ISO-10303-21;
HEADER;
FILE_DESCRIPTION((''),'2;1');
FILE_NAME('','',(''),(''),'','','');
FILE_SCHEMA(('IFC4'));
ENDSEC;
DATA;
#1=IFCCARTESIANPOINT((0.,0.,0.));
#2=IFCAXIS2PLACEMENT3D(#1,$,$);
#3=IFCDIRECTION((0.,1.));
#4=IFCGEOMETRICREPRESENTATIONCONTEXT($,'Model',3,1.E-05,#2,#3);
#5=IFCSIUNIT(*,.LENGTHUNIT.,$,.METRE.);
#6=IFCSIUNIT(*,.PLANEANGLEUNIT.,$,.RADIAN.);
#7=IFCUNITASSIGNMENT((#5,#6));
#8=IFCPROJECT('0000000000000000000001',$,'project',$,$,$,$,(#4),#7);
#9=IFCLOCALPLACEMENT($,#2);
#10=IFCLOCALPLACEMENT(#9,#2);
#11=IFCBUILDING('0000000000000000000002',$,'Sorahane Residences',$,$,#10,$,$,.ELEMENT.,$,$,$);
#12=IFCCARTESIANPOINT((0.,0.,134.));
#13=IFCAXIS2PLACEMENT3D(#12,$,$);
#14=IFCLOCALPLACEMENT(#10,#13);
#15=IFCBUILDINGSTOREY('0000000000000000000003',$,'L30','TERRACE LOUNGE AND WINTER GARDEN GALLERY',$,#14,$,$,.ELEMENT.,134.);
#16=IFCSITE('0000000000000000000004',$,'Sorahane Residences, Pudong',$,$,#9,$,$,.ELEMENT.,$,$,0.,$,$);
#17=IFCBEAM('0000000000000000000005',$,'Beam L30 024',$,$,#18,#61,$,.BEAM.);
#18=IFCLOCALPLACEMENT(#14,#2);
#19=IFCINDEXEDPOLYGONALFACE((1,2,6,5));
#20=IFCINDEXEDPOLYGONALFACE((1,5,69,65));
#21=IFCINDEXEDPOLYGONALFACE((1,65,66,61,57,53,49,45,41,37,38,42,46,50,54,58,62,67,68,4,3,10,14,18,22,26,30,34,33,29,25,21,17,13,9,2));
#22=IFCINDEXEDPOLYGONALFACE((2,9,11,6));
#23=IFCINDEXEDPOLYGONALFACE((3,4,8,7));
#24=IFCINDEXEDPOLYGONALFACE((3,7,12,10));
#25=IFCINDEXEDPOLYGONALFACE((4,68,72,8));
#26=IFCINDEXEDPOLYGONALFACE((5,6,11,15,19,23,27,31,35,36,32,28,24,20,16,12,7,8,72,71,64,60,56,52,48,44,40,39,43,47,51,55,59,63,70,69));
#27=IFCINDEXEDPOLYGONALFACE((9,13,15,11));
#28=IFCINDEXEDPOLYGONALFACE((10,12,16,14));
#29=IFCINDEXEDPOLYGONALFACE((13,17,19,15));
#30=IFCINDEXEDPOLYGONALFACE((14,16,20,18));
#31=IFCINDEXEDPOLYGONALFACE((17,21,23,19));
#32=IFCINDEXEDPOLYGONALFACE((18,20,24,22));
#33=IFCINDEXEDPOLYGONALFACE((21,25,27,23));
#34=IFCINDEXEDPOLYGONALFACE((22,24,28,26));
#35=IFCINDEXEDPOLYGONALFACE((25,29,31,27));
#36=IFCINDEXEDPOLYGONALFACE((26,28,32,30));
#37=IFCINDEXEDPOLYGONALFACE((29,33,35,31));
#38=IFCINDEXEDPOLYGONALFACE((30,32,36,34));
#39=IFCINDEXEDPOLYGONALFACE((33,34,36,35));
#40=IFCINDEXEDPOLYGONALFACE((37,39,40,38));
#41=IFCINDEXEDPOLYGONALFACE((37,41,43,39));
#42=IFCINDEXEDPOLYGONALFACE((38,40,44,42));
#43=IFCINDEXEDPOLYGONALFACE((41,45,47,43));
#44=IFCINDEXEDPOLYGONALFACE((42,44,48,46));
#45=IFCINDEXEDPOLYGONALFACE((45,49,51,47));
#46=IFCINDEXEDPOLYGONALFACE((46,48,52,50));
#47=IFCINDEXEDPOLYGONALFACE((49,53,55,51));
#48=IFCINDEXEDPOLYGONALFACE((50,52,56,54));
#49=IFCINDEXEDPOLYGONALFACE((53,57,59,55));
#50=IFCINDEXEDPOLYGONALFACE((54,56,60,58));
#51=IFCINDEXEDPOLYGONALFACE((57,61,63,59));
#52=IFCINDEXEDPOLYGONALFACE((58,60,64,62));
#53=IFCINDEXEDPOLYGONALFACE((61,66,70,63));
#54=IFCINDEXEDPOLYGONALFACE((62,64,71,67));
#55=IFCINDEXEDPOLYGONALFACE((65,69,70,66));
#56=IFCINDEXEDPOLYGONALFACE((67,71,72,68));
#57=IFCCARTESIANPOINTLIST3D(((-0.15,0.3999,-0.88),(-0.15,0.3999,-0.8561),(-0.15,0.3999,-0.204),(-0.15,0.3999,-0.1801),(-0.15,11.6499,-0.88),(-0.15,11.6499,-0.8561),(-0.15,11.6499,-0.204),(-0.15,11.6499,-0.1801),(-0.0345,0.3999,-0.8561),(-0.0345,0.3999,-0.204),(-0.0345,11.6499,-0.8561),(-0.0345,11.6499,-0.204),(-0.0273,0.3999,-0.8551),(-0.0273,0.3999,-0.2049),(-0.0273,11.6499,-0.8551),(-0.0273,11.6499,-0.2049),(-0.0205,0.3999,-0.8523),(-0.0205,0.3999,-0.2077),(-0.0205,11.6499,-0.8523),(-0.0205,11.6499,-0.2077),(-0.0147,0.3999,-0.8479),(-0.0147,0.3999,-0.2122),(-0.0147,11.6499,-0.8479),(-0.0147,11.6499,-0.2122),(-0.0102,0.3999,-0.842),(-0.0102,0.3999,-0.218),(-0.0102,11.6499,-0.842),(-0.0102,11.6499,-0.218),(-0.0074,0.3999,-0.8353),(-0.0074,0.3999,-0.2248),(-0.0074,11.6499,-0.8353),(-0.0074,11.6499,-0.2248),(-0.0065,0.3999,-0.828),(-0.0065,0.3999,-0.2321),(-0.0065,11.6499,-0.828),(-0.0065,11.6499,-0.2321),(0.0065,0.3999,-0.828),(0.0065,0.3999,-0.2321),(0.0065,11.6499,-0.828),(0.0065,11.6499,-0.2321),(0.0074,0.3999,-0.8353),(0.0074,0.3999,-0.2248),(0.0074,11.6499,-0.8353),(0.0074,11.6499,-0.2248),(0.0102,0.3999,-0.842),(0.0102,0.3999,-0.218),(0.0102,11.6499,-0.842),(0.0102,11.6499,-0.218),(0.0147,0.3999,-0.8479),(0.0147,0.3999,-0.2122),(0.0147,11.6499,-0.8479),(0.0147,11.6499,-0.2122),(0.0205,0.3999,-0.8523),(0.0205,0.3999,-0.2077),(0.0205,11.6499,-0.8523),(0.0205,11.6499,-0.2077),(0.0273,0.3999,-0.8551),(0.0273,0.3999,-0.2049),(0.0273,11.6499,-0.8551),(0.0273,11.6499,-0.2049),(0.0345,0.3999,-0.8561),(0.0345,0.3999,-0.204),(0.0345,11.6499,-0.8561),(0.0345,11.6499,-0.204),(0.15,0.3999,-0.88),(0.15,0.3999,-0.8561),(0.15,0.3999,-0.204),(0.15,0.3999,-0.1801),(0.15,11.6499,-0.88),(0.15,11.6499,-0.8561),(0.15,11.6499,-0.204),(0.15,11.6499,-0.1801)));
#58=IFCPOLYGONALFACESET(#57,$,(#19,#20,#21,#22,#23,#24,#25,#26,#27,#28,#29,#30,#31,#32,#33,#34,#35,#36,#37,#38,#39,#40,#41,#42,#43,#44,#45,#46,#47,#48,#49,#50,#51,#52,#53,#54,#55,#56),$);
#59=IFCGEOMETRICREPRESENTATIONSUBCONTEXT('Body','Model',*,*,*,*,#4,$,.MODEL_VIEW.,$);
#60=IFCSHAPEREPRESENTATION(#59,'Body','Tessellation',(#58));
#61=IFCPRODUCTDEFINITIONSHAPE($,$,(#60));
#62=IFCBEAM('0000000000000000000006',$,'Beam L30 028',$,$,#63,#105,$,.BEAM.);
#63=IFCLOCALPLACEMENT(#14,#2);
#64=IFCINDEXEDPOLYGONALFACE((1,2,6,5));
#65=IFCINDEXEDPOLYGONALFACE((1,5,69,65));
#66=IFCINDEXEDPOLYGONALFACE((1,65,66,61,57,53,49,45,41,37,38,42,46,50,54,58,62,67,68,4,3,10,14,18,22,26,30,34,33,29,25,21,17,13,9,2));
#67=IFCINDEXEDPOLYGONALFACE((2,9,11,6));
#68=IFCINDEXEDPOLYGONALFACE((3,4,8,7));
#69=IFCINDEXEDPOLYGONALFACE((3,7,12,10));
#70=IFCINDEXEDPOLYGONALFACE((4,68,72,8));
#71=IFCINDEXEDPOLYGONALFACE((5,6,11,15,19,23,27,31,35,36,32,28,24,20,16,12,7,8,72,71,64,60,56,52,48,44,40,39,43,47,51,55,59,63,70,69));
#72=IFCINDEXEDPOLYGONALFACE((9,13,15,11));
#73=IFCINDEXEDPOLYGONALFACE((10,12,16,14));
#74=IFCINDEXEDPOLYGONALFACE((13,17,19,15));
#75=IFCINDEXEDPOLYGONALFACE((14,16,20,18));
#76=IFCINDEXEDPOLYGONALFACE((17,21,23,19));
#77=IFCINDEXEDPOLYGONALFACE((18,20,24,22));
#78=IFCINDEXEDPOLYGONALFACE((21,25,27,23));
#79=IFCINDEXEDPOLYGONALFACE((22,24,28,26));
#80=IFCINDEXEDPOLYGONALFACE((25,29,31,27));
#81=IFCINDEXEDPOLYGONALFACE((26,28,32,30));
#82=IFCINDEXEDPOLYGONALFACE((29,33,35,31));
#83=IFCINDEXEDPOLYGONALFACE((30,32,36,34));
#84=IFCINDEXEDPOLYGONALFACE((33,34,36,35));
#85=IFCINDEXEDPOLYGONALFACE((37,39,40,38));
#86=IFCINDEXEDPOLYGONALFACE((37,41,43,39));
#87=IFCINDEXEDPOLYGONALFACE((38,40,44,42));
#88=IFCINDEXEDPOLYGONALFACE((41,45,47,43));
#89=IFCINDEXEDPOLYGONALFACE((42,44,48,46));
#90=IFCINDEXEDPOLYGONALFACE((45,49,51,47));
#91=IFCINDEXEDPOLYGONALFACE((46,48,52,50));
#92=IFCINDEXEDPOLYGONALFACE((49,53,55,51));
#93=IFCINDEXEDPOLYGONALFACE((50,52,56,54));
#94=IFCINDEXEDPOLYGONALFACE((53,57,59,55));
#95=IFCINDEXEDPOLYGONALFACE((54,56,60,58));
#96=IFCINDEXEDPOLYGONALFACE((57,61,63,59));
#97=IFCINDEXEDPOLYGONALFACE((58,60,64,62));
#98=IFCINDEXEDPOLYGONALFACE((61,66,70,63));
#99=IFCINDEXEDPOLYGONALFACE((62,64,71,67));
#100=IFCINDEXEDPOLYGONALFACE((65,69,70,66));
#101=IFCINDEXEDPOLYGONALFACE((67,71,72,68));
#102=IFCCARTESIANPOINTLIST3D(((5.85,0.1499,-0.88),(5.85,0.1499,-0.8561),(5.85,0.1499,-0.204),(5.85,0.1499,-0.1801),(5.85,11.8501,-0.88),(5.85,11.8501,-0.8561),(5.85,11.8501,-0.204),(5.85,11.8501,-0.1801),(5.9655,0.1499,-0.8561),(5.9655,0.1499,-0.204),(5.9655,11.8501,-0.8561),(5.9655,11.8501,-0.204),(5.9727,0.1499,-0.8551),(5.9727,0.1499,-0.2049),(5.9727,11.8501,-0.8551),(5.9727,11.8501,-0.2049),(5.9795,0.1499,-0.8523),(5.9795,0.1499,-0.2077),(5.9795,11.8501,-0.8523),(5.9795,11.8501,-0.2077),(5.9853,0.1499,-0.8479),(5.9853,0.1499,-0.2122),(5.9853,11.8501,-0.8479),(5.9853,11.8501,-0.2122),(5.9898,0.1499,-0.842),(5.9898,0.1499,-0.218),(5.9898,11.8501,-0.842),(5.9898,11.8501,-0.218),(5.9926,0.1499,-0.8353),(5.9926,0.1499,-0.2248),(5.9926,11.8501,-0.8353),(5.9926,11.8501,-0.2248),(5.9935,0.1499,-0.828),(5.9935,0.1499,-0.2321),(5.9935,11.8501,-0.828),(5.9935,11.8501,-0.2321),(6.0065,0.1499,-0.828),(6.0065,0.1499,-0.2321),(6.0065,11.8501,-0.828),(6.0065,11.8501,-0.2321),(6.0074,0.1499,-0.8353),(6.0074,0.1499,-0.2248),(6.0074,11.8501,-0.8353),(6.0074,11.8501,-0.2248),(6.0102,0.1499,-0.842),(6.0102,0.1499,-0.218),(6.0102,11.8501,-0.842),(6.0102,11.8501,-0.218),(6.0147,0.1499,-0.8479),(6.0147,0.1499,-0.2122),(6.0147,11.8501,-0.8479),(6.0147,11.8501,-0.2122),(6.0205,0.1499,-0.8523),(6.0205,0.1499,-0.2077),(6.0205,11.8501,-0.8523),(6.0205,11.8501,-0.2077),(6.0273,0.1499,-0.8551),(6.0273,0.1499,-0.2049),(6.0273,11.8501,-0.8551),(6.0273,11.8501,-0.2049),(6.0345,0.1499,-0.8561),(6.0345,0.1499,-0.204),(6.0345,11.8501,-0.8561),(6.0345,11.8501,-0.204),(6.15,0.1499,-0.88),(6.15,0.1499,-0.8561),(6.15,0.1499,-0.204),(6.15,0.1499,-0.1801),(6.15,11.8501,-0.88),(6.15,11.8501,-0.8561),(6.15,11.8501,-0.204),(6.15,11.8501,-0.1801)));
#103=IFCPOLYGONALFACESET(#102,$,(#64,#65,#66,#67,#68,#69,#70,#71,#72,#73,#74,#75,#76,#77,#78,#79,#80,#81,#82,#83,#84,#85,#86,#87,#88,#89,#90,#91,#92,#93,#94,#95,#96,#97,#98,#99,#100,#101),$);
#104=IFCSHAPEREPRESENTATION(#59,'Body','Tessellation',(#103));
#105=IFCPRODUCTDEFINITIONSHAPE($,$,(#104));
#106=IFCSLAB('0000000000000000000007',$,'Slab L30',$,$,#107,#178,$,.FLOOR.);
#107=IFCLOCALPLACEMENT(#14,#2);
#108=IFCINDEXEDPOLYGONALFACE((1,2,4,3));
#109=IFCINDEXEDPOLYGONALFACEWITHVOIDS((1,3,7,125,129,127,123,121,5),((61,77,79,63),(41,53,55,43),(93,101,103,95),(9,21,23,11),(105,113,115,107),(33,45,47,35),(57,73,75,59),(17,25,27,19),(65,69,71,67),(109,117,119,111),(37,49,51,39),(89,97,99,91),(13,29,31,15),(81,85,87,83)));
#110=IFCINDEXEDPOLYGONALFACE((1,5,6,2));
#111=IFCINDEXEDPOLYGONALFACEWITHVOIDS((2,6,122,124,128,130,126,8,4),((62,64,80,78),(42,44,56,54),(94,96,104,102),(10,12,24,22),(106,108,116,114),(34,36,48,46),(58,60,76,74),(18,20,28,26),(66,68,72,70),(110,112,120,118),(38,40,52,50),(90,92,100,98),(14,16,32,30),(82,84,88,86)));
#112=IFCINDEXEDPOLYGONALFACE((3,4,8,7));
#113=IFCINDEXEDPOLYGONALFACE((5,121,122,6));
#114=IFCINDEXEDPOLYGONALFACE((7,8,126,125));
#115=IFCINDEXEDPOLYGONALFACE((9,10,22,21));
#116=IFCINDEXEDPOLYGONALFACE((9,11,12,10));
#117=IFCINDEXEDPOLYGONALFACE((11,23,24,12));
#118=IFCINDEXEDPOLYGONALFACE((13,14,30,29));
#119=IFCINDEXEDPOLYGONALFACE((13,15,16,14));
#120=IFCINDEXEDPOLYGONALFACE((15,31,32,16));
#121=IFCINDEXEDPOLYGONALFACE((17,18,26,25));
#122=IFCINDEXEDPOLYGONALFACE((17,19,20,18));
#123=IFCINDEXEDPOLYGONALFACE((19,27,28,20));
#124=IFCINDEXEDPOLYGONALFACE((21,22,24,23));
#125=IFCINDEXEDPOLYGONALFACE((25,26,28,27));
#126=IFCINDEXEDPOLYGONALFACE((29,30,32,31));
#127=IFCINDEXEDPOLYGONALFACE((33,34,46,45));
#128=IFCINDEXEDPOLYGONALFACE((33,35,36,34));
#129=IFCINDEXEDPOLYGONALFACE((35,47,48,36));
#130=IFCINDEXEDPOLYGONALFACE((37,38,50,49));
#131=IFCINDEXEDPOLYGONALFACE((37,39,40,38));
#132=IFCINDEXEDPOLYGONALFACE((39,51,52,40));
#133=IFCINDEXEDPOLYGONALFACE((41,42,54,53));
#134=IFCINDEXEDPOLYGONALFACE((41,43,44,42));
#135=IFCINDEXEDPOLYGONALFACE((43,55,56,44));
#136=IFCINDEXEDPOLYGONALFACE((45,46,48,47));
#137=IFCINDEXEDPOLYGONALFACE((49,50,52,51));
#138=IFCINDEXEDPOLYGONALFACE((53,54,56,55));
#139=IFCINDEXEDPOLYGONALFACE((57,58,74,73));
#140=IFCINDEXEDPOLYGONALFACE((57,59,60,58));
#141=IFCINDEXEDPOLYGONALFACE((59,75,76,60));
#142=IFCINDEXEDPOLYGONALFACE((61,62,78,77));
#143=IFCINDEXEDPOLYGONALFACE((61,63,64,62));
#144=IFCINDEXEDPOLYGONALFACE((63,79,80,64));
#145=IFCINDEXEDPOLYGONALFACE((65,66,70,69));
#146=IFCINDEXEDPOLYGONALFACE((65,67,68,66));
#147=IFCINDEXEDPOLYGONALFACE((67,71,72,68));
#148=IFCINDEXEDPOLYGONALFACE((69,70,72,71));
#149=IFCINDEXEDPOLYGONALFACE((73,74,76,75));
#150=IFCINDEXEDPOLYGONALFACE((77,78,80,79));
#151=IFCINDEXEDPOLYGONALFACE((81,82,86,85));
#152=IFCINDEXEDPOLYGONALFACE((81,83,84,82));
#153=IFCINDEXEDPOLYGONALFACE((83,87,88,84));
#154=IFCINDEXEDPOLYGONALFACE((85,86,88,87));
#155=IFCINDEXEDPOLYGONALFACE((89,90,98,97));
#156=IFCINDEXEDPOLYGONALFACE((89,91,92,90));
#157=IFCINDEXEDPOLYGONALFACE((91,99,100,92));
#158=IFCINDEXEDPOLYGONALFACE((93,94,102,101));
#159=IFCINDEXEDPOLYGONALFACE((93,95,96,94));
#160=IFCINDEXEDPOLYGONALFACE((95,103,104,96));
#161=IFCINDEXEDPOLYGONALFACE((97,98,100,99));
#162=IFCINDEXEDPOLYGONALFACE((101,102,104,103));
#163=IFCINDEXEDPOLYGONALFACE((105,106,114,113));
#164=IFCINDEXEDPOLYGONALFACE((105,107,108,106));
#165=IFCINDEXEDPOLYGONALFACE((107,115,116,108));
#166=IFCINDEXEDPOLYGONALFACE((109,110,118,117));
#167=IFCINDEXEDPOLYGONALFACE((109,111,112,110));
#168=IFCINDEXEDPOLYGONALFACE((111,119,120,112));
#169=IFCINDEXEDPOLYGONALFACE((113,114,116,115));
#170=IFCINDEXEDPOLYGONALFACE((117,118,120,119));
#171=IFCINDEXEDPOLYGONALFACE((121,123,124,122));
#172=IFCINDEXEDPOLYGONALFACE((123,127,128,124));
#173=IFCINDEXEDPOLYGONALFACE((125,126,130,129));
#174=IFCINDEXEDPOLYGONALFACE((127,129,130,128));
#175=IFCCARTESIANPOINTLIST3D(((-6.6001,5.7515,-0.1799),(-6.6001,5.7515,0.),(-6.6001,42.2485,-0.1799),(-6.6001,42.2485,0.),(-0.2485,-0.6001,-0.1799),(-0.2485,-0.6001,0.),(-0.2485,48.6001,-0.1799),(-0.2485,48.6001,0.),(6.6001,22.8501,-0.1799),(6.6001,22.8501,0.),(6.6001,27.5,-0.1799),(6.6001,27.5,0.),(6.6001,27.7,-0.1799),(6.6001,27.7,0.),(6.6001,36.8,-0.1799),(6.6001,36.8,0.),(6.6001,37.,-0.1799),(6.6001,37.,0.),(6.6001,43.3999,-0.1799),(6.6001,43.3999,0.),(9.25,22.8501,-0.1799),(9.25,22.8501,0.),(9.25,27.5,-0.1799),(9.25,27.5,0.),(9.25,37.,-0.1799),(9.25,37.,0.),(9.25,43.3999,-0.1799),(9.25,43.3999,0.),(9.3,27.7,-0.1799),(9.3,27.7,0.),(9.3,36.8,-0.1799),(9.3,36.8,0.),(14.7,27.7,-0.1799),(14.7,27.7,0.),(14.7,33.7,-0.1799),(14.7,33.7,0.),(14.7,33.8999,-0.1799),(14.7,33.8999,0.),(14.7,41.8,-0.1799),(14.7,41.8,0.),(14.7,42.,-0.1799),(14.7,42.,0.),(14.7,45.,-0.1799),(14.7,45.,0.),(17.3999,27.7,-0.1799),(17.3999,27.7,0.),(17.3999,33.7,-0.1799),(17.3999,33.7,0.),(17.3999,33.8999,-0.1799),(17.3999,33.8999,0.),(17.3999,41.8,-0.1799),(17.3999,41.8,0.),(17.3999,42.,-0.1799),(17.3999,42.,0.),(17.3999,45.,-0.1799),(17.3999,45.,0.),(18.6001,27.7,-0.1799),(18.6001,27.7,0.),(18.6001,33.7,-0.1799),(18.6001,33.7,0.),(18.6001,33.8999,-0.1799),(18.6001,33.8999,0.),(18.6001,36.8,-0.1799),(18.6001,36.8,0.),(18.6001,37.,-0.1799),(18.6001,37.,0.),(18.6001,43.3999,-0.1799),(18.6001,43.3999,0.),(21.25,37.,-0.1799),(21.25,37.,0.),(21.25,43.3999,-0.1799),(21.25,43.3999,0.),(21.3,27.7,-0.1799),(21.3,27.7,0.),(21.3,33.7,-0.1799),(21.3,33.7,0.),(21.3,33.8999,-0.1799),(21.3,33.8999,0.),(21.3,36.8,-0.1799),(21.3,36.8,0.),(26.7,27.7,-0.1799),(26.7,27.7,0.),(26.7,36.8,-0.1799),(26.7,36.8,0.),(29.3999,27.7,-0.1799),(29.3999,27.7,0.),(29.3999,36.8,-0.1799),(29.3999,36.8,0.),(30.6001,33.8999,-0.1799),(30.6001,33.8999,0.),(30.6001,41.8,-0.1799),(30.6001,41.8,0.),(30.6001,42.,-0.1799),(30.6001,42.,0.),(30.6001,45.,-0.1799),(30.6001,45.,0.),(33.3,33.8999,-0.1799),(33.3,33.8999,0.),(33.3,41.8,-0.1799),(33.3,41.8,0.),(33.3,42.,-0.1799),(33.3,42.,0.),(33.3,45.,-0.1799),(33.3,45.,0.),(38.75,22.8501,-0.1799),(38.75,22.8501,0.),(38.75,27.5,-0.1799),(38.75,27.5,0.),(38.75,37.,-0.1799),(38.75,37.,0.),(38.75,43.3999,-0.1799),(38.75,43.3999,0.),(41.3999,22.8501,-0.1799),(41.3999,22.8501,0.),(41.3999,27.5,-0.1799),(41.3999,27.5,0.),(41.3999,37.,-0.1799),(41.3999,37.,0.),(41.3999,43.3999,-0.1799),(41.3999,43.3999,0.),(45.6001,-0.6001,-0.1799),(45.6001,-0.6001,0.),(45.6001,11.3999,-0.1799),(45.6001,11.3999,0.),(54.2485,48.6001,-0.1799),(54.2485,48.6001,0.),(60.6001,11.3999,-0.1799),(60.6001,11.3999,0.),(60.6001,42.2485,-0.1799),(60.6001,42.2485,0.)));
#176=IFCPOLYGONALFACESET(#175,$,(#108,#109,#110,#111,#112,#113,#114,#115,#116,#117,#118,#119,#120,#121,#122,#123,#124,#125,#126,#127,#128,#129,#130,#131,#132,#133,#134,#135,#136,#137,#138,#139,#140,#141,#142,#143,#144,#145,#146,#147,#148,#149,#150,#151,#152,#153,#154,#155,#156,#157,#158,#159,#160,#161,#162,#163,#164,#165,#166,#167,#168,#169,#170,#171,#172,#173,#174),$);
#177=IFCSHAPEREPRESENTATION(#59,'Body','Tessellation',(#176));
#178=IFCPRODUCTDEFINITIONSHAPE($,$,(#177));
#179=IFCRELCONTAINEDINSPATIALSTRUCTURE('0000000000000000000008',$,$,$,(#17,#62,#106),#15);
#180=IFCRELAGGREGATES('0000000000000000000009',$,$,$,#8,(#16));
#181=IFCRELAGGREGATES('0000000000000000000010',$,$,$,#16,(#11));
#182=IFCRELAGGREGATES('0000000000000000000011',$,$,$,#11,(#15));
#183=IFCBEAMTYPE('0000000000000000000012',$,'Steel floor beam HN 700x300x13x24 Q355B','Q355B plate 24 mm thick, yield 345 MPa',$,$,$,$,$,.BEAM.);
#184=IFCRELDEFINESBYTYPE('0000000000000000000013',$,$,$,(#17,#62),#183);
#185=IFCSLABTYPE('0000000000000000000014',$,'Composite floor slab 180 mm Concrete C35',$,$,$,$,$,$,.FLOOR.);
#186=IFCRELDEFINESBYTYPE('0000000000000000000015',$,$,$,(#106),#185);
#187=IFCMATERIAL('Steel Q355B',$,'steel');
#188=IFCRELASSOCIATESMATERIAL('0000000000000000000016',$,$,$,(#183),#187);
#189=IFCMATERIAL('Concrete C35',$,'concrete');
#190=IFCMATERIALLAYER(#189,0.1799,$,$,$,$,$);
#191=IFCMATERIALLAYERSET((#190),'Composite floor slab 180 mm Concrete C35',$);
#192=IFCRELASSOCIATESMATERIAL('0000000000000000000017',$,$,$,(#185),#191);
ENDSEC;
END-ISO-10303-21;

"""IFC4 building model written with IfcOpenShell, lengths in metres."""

from ifc_helpers import new_model, si_unit, direction, frame, origin, origin_2d, place, context, subcontext, project, spatial, polyline, i_section, outline, extrude, material, layer, layer_set, material_profile, profile_set, type_object, element, save


model = new_model("IFC4")

# Units and contexts
model_context = context("Model", 3, precision=1e-05, world=origin(), true_north=direction((0.0, 1.0)))
body_context = subcontext(model_context, "Body", "Model", "MODEL_VIEW")
ifc_project = project(units=[si_unit("LENGTHUNIT", "METRE"), si_unit("PLANEANGLEUNIT", "RADIAN")], contexts=[model_context])

# Site, building, storey
site_placement = place(None, origin())
site = spatial("IfcSite", under=ifc_project, at=site_placement, Name="Sorahane Residences, Pudong", CompositionType="ELEMENT", RefElevation=0.0)
building_placement = place(site_placement, origin())
building = spatial("IfcBuilding", under=site, at=building_placement, Name="Sorahane Residences", CompositionType="ELEMENT")
storey_placement = place(building_placement, frame((0.0, 0.0, 134.0)))
storey = spatial("IfcBuildingStorey", under=building, at=storey_placement, Name="L30", Description="TERRACE LOUNGE AND WINTER GARDEN GALLERY", CompositionType="ELEMENT", Elevation=134.0)

# Beams
ifc_material_1 = material(Name="Steel Q355B", Category="steel")
ifc_material_profile_1 = material_profile(ifc_material_1, i_section(OverallWidth=0.3, OverallDepth=0.7, WebThickness=0.0129, FlangeThickness=0.0239, FilletRadius=0.0281, at=origin_2d()), Name="HN 700x300x13x24")
ifc_profile_set_1 = profile_set([ifc_material_profile_1], Name="Steel Q355B")
beam_type = type_object("IfcBeamType", Name="Steel floor beam HN 700x300x13x24 Q355B", Description="Q355B plate 24 mm thick, yield 345 MPa", PredefinedType="BEAM", material=ifc_profile_set_1)
beam_1_placement = place(storey_placement, frame((0.0, 0.3999, -0.53), z_axis=(0.0, 1.0, 0.0), x_axis=(-1.0, 0.0, 0.0)))
element("IfcBeam", 1, at=beam_1_placement, inside=storey, type_object=beam_type, Name="Beam L30 024", PredefinedType="BEAM", context=body_context, shape_type="SweptSolid", body=[
    extrude(i_section(OverallWidth=0.3, OverallDepth=0.7, WebThickness=0.0129, FlangeThickness=0.0239, FilletRadius=0.0281, at=origin_2d()), origin(), (0.0, 0.0, 1.0), 11.25),
])
beam_2_placement = place(storey_placement, frame((6.0, 0.1499, -0.53), z_axis=(0.0, 1.0, 0.0), x_axis=(-1.0, 0.0, 0.0)))
element("IfcBeam", 2, at=beam_2_placement, inside=storey, type_object=beam_type, Name="Beam L30 028", PredefinedType="BEAM", context=body_context, shape_type="SweptSolid", body=[
    extrude(i_section(OverallWidth=0.3, OverallDepth=0.7, WebThickness=0.0129, FlangeThickness=0.0239, FilletRadius=0.0281, at=origin_2d()), origin(), (0.0, 0.0, 1.0), 11.7002),
])

# Slab
ifc_material_2 = material(Name="Concrete C35", Category="concrete")
ifc_layer_1 = layer(ifc_material_2, 0.1799)
ifc_layer_set_1 = layer_set([ifc_layer_1], Name="Composite floor slab 180 mm Concrete C35")
slab_type_1 = type_object("IfcSlabType", Name="Composite floor slab 180 mm Concrete C35", PredefinedType="FLOOR", material=ifc_layer_set_1)
slab_1_placement = place(storey_placement, frame((0.0, 0.0, -0.1799)))
element("IfcSlab", 3, at=slab_1_placement, inside=storey, type_object=slab_type_1, Name="Slab L30", PredefinedType="FLOOR", context=body_context, shape_type="SweptSolid", body=[
    extrude(outline(polyline([(-0.2485, -0.6001), (-6.6001, 5.7515), (-6.6001, 42.2485), (-0.2485, 48.6001), (54.2485, 48.6001), (60.6001, 42.2485), (60.6001, 11.3999), (45.6001, 11.3999), (45.6001, -0.6001), (-0.2485, -0.6001)]), holes=[polyline([(18.6001, 27.7), (21.3, 27.7), (21.3, 33.7), (18.6001, 33.7), (18.6001, 27.7)]), polyline([(30.6001, 42.0), (33.3, 42.0), (33.3, 45.0), (30.6001, 45.0), (30.6001, 42.0)]), polyline([(14.7, 27.7), (17.3999, 27.7), (17.3999, 33.7), (14.7, 33.7), (14.7, 27.7)]), polyline([(14.7, 42.0), (17.3999, 42.0), (17.3999, 45.0), (14.7, 45.0), (14.7, 42.0)]), polyline([(6.6001, 27.7), (9.3, 27.7), (9.3, 36.8), (6.6001, 36.8), (6.6001, 27.7)]), polyline([(6.6001, 43.3999), (6.6001, 37.0), (9.25, 37.0), (9.25, 43.3999), (6.6001, 43.3999)]), polyline([(38.75, 43.3999), (38.75, 37.0), (41.3999, 37.0), (41.3999, 43.3999), (38.75, 43.3999)]), polyline([(18.6001, 43.3999), (18.6001, 37.0), (21.25, 37.0), (21.25, 43.3999), (18.6001, 43.3999)]), polyline([(9.25, 22.8501), (9.25, 27.5), (6.6001, 27.5), (6.6001, 22.8501), (9.25, 22.8501)]), polyline([(41.3999, 22.8501), (41.3999, 27.5), (38.75, 27.5), (38.75, 22.8501), (41.3999, 22.8501)]), polyline([(14.7, 33.8999), (17.3999, 33.8999), (17.3999, 41.8), (14.7, 41.8), (14.7, 33.8999)]), polyline([(30.6001, 33.8999), (33.3, 33.8999), (33.3, 41.8), (30.6001, 41.8), (30.6001, 33.8999)]), polyline([(18.6001, 33.8999), (21.3, 33.8999), (21.3, 36.8), (18.6001, 36.8), (18.6001, 33.8999)]), polyline([(26.7, 27.7), (29.3999, 27.7), (29.3999, 36.8), (26.7, 36.8), (26.7, 27.7)])]), origin(), (0.0, 0.0, 1.0), 0.1799),
])

save(model, "model.ifc")
